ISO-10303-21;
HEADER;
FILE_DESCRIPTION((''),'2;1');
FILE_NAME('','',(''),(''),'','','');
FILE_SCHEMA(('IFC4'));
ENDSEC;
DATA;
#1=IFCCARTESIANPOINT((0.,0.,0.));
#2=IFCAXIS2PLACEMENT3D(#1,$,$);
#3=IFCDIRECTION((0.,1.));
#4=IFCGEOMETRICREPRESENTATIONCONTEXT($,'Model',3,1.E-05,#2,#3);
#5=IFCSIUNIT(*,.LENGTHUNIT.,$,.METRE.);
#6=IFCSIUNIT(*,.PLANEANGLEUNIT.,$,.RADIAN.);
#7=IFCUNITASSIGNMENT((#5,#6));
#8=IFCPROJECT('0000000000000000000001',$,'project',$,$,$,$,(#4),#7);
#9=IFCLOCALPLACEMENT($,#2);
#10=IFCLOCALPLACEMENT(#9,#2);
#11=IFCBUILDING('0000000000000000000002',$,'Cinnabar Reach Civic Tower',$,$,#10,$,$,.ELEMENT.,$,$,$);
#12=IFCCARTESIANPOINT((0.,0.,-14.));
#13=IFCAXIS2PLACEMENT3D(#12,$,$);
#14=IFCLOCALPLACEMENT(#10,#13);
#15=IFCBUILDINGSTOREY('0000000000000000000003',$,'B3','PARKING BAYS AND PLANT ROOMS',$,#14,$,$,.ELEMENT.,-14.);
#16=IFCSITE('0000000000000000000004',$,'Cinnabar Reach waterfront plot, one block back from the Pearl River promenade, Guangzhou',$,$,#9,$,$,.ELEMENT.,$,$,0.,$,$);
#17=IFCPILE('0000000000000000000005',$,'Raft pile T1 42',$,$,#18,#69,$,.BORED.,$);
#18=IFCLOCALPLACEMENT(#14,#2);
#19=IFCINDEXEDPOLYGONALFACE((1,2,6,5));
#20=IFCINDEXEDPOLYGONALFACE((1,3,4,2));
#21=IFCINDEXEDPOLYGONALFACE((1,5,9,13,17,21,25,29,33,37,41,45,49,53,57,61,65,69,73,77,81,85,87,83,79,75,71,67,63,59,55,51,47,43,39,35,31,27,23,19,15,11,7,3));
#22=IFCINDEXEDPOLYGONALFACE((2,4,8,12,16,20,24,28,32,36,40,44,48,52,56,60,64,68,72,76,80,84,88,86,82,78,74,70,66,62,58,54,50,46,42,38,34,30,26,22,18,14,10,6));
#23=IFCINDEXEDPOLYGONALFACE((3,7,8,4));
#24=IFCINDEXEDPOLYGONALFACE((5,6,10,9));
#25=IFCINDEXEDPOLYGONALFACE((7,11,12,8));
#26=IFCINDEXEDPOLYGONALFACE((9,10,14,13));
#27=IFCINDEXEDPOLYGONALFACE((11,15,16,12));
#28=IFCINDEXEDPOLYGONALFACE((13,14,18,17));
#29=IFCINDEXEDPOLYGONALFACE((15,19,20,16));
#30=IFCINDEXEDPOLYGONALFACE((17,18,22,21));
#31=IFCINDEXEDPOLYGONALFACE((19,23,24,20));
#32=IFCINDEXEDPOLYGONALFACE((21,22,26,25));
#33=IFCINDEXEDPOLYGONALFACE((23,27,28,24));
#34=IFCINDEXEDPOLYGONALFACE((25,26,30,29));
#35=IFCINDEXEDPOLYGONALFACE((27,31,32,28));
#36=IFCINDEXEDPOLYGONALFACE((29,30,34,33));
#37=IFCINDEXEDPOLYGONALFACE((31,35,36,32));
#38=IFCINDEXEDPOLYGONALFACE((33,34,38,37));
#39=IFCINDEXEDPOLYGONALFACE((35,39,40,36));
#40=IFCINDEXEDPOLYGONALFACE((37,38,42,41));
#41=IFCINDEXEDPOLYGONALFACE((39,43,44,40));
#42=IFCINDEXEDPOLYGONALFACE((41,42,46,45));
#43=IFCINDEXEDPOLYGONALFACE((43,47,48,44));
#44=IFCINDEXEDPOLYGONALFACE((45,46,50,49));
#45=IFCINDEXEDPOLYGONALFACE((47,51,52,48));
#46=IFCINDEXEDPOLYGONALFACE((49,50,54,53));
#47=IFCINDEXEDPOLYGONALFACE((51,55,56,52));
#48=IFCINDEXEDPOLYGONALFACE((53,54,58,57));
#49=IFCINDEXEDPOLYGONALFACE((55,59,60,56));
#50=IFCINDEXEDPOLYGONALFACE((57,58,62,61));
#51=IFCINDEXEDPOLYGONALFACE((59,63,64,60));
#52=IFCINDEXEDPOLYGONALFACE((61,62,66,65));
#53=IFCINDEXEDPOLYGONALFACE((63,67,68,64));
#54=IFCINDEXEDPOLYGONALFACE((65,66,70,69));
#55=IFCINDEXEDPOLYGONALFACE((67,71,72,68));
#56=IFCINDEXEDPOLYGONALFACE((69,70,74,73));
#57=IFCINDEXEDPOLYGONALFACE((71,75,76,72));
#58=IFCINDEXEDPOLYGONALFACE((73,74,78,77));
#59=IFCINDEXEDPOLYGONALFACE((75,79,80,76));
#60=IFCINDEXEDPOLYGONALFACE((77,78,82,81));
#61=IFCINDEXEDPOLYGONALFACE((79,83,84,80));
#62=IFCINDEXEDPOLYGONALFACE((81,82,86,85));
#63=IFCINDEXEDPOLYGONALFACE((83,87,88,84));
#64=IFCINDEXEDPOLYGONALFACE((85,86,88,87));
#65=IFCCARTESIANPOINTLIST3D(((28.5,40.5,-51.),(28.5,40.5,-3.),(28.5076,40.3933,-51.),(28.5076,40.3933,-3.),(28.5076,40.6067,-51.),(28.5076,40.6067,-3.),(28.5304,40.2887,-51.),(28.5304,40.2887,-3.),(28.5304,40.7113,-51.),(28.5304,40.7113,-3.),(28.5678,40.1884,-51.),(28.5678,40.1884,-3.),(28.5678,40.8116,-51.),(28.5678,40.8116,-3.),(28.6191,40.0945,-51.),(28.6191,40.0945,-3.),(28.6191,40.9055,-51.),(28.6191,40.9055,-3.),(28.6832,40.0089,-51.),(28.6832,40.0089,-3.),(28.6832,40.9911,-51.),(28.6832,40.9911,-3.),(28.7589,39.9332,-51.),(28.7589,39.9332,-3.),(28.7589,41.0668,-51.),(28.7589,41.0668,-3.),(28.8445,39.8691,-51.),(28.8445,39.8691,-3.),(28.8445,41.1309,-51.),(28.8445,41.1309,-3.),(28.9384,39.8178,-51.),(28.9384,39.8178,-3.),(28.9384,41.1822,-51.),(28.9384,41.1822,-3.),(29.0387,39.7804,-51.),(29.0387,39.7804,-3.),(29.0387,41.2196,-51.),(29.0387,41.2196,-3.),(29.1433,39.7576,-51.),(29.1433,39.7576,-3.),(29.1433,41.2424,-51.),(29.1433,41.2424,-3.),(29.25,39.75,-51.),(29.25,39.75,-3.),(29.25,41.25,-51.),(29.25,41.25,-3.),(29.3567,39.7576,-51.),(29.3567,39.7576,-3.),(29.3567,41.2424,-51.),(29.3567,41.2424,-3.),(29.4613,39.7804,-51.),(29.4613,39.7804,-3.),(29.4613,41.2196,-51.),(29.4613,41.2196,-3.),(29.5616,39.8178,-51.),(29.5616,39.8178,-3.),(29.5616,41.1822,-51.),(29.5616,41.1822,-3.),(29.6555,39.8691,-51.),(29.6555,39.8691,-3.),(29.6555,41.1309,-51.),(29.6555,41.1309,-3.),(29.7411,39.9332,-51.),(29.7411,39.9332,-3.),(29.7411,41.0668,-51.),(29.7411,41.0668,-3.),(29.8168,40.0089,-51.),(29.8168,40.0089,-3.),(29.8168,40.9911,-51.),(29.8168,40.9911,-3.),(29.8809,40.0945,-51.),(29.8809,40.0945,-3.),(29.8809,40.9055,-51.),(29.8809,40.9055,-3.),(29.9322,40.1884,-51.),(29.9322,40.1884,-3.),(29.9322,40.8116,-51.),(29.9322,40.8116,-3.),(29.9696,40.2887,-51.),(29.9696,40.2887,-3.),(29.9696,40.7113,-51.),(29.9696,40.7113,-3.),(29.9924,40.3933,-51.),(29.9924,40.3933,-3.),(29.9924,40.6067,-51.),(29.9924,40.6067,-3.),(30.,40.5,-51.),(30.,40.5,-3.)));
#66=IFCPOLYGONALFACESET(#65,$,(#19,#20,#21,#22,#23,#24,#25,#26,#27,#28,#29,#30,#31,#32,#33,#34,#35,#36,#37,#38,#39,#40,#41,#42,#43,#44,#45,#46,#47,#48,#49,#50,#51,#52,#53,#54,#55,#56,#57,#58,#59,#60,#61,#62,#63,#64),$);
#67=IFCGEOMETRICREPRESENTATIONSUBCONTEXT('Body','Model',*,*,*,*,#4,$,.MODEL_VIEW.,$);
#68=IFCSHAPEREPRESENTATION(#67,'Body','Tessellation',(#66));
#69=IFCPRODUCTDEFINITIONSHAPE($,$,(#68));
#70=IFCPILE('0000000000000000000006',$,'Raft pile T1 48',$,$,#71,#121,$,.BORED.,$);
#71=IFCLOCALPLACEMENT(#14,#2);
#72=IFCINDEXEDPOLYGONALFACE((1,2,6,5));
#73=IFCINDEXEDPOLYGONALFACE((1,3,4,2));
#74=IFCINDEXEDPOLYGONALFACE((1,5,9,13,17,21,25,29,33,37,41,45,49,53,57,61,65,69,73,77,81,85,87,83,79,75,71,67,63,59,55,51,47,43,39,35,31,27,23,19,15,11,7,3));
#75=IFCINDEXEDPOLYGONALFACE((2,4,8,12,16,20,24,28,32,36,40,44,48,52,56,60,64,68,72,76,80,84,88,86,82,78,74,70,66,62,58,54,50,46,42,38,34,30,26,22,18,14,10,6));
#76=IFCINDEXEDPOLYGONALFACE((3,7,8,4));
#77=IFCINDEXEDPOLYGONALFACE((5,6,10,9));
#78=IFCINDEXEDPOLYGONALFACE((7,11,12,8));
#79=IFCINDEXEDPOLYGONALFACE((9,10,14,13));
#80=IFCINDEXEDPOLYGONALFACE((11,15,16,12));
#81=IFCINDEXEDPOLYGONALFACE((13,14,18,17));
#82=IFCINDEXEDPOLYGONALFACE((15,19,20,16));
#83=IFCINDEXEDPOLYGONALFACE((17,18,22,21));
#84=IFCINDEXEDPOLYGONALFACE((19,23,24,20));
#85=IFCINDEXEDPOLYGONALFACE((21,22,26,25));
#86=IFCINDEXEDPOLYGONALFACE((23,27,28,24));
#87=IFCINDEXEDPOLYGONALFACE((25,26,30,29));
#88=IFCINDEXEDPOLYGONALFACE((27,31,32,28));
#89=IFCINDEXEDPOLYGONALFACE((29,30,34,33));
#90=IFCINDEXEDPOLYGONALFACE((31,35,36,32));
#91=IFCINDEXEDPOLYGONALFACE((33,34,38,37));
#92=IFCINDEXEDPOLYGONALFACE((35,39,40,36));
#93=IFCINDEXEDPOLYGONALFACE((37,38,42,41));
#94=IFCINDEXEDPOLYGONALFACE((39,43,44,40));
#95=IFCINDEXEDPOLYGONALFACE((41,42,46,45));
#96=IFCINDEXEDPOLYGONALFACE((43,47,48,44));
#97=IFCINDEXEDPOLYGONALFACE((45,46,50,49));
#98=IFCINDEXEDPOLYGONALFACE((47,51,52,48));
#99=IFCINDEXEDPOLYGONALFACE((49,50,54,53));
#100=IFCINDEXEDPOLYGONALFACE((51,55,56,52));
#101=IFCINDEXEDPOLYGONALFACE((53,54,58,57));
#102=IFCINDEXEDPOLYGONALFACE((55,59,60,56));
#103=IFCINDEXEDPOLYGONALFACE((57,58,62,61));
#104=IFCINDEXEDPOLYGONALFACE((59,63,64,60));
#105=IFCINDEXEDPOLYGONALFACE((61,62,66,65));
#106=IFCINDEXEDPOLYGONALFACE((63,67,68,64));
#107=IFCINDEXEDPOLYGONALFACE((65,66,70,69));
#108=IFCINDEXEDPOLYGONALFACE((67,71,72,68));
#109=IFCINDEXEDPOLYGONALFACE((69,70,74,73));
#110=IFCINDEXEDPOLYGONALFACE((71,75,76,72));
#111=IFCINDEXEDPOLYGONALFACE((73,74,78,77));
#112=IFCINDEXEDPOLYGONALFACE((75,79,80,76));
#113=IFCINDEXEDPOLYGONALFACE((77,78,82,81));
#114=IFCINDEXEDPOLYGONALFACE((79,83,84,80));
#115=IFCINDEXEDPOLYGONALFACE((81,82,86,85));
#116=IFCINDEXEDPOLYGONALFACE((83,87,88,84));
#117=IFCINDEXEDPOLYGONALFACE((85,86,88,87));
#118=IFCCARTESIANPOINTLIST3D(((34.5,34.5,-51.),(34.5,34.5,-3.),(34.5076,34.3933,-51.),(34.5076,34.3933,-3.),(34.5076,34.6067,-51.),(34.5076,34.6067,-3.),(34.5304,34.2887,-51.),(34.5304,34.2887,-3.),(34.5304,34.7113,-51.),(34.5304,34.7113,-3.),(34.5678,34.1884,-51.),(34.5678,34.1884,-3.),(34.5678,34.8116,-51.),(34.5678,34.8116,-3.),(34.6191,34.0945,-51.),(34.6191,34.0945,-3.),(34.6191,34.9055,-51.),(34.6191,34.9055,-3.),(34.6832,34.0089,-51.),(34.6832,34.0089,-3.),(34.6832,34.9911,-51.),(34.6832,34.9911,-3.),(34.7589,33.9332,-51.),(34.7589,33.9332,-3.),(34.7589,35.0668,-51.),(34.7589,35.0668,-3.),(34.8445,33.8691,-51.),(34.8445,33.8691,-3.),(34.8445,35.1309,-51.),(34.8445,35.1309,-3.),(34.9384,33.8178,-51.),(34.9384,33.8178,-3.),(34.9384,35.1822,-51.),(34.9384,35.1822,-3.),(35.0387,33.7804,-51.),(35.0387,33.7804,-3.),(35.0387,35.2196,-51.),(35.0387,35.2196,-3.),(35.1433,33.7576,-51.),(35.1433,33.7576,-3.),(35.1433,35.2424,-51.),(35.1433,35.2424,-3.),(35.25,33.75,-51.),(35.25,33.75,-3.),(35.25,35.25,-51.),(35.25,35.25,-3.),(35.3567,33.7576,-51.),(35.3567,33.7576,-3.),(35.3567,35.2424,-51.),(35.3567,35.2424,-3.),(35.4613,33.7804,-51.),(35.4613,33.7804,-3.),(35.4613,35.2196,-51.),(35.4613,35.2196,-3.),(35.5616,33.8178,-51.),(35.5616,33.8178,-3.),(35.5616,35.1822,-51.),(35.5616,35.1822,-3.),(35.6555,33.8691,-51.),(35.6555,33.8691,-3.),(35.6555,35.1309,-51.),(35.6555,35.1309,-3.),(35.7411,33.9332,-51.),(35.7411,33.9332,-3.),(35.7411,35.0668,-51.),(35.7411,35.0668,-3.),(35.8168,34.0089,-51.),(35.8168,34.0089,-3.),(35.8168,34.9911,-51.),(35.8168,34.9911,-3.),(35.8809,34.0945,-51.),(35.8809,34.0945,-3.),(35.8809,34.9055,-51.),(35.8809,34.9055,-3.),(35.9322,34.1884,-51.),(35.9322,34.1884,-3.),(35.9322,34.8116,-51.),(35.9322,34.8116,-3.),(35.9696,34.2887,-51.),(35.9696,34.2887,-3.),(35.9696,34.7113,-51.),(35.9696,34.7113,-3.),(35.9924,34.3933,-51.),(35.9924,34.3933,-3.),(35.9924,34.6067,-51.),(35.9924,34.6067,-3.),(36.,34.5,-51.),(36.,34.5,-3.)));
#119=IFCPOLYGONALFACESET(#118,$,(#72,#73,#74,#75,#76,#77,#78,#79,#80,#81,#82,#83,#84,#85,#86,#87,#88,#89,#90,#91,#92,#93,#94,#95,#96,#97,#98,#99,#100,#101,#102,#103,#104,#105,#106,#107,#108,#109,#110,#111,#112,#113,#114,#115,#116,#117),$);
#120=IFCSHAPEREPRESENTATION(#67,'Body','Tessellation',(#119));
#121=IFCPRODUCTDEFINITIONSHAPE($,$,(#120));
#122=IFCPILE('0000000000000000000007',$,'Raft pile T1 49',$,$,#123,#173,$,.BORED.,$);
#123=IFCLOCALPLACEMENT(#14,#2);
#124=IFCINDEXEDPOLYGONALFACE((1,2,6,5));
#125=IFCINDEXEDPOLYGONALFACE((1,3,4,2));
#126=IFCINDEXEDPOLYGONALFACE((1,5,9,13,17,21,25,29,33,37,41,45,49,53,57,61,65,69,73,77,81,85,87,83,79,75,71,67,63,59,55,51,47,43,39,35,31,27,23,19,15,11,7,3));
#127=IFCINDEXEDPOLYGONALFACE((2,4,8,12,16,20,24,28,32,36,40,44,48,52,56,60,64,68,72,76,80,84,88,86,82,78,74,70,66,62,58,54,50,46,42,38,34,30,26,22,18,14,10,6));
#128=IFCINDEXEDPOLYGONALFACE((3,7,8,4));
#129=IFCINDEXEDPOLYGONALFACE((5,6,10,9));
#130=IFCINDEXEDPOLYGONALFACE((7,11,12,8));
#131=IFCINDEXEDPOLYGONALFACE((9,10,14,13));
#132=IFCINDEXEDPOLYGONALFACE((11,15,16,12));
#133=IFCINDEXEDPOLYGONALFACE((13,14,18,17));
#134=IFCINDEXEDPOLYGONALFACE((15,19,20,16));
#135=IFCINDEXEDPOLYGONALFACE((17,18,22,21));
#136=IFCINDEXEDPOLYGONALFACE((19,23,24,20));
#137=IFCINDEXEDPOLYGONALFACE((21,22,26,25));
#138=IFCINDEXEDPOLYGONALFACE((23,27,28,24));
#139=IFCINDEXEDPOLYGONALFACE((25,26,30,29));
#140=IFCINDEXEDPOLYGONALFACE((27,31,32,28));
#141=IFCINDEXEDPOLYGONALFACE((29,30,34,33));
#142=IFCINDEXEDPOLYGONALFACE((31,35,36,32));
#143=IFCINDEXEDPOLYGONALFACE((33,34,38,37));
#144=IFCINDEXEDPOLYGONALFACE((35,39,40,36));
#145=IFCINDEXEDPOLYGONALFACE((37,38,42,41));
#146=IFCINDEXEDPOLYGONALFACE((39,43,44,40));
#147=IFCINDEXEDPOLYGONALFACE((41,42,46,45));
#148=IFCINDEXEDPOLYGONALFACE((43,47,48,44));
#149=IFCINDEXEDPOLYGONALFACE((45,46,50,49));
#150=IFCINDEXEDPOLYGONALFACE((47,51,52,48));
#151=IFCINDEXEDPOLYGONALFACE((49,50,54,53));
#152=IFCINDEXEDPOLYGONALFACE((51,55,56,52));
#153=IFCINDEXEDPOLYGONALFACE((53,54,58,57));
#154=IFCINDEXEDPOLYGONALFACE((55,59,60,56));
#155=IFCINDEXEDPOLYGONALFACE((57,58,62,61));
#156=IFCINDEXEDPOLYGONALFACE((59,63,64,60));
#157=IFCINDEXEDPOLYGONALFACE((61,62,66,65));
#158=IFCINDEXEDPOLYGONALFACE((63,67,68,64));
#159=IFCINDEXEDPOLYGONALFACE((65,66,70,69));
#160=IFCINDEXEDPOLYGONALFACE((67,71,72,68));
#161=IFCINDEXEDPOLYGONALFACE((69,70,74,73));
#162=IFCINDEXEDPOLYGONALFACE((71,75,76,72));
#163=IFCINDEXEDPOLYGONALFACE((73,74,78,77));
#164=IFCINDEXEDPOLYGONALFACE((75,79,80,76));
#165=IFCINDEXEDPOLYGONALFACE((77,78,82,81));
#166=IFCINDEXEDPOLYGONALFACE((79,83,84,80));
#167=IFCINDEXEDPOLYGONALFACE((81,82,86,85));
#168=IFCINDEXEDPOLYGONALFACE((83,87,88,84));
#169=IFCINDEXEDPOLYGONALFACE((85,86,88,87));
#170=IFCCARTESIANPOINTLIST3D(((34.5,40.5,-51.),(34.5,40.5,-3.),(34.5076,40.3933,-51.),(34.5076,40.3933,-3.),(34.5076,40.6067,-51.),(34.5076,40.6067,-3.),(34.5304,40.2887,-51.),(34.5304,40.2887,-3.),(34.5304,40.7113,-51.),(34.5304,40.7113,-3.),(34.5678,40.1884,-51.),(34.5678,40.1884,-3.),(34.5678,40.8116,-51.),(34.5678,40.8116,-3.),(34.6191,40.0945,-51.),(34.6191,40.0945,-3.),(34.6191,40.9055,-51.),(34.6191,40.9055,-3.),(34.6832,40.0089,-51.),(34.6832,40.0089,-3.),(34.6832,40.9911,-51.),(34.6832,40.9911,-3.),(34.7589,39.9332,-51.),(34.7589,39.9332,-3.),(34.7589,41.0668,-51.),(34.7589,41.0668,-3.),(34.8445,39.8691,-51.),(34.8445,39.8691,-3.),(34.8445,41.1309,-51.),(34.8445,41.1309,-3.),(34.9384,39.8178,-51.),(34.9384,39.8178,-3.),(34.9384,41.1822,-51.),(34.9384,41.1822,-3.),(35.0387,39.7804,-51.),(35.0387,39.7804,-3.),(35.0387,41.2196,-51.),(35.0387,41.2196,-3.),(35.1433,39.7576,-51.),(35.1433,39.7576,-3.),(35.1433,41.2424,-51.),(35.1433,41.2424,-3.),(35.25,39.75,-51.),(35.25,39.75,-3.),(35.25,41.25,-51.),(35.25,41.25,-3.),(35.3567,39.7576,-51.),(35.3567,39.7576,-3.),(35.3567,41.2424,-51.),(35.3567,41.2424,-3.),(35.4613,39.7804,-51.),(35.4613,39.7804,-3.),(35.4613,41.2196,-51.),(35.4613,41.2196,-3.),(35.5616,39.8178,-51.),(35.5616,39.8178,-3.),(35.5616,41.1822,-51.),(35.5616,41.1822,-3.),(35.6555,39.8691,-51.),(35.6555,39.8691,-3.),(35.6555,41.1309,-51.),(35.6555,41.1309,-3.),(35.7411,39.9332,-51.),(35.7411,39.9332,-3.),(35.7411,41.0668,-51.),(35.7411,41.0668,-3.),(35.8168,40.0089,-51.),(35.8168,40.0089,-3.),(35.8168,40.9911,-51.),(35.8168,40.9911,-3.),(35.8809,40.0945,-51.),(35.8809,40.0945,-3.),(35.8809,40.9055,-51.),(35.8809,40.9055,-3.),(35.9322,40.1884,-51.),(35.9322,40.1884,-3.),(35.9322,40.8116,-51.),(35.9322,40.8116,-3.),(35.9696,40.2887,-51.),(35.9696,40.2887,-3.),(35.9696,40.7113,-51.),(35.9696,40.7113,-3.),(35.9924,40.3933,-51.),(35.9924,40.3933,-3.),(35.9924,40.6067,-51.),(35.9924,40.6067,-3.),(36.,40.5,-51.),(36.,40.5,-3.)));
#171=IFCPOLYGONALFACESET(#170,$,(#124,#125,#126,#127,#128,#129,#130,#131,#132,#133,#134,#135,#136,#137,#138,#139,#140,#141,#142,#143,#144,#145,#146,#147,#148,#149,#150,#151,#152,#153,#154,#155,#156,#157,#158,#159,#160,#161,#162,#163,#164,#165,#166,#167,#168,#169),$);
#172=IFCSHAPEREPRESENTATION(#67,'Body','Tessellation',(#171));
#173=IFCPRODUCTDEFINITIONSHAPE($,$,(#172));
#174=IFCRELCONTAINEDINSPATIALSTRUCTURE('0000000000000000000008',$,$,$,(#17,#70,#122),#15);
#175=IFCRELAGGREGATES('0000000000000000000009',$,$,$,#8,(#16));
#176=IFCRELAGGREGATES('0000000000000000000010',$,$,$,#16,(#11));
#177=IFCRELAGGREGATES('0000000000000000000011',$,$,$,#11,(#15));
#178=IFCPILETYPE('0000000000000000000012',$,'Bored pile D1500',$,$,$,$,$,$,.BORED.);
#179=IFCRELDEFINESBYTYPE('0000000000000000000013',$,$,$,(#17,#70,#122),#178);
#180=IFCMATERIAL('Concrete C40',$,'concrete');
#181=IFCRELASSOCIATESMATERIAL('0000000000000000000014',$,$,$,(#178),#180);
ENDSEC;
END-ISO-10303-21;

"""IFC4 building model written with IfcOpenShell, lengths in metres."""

from ifc_helpers import new_model, si_unit, direction, frame, origin, origin_2d, place, context, subcontext, project, spatial, circle, extrude, material, type_object, element, save


model = new_model("IFC4")

# Units and contexts
model_context = context("Model", 3, precision=1e-05, world=origin(), true_north=direction((0.0, 1.0)))
body_context = subcontext(model_context, "Body", "Model", "MODEL_VIEW")
ifc_project = project(units=[si_unit("LENGTHUNIT", "METRE"), si_unit("PLANEANGLEUNIT", "RADIAN")], contexts=[model_context])

# Site, building, storey
site_placement = place(None, origin())
site = spatial("IfcSite", under=ifc_project, at=site_placement, Name="Cinnabar Reach waterfront plot, one block back from the Pearl River promenade, Guangzhou", CompositionType="ELEMENT", RefElevation=0.0)
building_placement = place(site_placement, origin())
building = spatial("IfcBuilding", under=site, at=building_placement, Name="Cinnabar Reach Civic Tower", CompositionType="ELEMENT")
storey_placement = place(building_placement, frame((0.0, 0.0, -14.0)))
storey = spatial("IfcBuildingStorey", under=building, at=storey_placement, Name="B3", Description="PARKING BAYS AND PLANT ROOMS", CompositionType="ELEMENT", Elevation=-14.0)

# Piles
ifc_material_1 = material(Name="Concrete C40", Category="concrete")
pile_type = type_object("IfcPileType", Name="Bored pile D1500", PredefinedType="BORED", material=ifc_material_1)
for number, where, z_axis, x_axis, name in (
    (1, (29.25, 40.5, -3.0), (0.0, 0.0, -1.0), (1.0, 0.0, 0.0), "Raft pile T1 42"),
    (2, (35.25, 34.5, -3.0), (0.0, 0.0, -1.0), (1.0, 0.0, 0.0), "Raft pile T1 48"),
    (3, (35.25, 40.5, -3.0), (0.0, 0.0, -1.0), (1.0, 0.0, 0.0), "Raft pile T1 49"),
):
    element("IfcPile", number, at=place(storey_placement, frame(where, z_axis=z_axis, x_axis=x_axis)), inside=storey, type_object=pile_type, Name=name, PredefinedType="BORED", context=body_context, shape_type="SweptSolid", body=[
        extrude(circle(Radius=0.75, at=origin_2d()), origin(), (0.0, 0.0, 1.0), 48.0),
    ])

save(model, "model.ifc")
